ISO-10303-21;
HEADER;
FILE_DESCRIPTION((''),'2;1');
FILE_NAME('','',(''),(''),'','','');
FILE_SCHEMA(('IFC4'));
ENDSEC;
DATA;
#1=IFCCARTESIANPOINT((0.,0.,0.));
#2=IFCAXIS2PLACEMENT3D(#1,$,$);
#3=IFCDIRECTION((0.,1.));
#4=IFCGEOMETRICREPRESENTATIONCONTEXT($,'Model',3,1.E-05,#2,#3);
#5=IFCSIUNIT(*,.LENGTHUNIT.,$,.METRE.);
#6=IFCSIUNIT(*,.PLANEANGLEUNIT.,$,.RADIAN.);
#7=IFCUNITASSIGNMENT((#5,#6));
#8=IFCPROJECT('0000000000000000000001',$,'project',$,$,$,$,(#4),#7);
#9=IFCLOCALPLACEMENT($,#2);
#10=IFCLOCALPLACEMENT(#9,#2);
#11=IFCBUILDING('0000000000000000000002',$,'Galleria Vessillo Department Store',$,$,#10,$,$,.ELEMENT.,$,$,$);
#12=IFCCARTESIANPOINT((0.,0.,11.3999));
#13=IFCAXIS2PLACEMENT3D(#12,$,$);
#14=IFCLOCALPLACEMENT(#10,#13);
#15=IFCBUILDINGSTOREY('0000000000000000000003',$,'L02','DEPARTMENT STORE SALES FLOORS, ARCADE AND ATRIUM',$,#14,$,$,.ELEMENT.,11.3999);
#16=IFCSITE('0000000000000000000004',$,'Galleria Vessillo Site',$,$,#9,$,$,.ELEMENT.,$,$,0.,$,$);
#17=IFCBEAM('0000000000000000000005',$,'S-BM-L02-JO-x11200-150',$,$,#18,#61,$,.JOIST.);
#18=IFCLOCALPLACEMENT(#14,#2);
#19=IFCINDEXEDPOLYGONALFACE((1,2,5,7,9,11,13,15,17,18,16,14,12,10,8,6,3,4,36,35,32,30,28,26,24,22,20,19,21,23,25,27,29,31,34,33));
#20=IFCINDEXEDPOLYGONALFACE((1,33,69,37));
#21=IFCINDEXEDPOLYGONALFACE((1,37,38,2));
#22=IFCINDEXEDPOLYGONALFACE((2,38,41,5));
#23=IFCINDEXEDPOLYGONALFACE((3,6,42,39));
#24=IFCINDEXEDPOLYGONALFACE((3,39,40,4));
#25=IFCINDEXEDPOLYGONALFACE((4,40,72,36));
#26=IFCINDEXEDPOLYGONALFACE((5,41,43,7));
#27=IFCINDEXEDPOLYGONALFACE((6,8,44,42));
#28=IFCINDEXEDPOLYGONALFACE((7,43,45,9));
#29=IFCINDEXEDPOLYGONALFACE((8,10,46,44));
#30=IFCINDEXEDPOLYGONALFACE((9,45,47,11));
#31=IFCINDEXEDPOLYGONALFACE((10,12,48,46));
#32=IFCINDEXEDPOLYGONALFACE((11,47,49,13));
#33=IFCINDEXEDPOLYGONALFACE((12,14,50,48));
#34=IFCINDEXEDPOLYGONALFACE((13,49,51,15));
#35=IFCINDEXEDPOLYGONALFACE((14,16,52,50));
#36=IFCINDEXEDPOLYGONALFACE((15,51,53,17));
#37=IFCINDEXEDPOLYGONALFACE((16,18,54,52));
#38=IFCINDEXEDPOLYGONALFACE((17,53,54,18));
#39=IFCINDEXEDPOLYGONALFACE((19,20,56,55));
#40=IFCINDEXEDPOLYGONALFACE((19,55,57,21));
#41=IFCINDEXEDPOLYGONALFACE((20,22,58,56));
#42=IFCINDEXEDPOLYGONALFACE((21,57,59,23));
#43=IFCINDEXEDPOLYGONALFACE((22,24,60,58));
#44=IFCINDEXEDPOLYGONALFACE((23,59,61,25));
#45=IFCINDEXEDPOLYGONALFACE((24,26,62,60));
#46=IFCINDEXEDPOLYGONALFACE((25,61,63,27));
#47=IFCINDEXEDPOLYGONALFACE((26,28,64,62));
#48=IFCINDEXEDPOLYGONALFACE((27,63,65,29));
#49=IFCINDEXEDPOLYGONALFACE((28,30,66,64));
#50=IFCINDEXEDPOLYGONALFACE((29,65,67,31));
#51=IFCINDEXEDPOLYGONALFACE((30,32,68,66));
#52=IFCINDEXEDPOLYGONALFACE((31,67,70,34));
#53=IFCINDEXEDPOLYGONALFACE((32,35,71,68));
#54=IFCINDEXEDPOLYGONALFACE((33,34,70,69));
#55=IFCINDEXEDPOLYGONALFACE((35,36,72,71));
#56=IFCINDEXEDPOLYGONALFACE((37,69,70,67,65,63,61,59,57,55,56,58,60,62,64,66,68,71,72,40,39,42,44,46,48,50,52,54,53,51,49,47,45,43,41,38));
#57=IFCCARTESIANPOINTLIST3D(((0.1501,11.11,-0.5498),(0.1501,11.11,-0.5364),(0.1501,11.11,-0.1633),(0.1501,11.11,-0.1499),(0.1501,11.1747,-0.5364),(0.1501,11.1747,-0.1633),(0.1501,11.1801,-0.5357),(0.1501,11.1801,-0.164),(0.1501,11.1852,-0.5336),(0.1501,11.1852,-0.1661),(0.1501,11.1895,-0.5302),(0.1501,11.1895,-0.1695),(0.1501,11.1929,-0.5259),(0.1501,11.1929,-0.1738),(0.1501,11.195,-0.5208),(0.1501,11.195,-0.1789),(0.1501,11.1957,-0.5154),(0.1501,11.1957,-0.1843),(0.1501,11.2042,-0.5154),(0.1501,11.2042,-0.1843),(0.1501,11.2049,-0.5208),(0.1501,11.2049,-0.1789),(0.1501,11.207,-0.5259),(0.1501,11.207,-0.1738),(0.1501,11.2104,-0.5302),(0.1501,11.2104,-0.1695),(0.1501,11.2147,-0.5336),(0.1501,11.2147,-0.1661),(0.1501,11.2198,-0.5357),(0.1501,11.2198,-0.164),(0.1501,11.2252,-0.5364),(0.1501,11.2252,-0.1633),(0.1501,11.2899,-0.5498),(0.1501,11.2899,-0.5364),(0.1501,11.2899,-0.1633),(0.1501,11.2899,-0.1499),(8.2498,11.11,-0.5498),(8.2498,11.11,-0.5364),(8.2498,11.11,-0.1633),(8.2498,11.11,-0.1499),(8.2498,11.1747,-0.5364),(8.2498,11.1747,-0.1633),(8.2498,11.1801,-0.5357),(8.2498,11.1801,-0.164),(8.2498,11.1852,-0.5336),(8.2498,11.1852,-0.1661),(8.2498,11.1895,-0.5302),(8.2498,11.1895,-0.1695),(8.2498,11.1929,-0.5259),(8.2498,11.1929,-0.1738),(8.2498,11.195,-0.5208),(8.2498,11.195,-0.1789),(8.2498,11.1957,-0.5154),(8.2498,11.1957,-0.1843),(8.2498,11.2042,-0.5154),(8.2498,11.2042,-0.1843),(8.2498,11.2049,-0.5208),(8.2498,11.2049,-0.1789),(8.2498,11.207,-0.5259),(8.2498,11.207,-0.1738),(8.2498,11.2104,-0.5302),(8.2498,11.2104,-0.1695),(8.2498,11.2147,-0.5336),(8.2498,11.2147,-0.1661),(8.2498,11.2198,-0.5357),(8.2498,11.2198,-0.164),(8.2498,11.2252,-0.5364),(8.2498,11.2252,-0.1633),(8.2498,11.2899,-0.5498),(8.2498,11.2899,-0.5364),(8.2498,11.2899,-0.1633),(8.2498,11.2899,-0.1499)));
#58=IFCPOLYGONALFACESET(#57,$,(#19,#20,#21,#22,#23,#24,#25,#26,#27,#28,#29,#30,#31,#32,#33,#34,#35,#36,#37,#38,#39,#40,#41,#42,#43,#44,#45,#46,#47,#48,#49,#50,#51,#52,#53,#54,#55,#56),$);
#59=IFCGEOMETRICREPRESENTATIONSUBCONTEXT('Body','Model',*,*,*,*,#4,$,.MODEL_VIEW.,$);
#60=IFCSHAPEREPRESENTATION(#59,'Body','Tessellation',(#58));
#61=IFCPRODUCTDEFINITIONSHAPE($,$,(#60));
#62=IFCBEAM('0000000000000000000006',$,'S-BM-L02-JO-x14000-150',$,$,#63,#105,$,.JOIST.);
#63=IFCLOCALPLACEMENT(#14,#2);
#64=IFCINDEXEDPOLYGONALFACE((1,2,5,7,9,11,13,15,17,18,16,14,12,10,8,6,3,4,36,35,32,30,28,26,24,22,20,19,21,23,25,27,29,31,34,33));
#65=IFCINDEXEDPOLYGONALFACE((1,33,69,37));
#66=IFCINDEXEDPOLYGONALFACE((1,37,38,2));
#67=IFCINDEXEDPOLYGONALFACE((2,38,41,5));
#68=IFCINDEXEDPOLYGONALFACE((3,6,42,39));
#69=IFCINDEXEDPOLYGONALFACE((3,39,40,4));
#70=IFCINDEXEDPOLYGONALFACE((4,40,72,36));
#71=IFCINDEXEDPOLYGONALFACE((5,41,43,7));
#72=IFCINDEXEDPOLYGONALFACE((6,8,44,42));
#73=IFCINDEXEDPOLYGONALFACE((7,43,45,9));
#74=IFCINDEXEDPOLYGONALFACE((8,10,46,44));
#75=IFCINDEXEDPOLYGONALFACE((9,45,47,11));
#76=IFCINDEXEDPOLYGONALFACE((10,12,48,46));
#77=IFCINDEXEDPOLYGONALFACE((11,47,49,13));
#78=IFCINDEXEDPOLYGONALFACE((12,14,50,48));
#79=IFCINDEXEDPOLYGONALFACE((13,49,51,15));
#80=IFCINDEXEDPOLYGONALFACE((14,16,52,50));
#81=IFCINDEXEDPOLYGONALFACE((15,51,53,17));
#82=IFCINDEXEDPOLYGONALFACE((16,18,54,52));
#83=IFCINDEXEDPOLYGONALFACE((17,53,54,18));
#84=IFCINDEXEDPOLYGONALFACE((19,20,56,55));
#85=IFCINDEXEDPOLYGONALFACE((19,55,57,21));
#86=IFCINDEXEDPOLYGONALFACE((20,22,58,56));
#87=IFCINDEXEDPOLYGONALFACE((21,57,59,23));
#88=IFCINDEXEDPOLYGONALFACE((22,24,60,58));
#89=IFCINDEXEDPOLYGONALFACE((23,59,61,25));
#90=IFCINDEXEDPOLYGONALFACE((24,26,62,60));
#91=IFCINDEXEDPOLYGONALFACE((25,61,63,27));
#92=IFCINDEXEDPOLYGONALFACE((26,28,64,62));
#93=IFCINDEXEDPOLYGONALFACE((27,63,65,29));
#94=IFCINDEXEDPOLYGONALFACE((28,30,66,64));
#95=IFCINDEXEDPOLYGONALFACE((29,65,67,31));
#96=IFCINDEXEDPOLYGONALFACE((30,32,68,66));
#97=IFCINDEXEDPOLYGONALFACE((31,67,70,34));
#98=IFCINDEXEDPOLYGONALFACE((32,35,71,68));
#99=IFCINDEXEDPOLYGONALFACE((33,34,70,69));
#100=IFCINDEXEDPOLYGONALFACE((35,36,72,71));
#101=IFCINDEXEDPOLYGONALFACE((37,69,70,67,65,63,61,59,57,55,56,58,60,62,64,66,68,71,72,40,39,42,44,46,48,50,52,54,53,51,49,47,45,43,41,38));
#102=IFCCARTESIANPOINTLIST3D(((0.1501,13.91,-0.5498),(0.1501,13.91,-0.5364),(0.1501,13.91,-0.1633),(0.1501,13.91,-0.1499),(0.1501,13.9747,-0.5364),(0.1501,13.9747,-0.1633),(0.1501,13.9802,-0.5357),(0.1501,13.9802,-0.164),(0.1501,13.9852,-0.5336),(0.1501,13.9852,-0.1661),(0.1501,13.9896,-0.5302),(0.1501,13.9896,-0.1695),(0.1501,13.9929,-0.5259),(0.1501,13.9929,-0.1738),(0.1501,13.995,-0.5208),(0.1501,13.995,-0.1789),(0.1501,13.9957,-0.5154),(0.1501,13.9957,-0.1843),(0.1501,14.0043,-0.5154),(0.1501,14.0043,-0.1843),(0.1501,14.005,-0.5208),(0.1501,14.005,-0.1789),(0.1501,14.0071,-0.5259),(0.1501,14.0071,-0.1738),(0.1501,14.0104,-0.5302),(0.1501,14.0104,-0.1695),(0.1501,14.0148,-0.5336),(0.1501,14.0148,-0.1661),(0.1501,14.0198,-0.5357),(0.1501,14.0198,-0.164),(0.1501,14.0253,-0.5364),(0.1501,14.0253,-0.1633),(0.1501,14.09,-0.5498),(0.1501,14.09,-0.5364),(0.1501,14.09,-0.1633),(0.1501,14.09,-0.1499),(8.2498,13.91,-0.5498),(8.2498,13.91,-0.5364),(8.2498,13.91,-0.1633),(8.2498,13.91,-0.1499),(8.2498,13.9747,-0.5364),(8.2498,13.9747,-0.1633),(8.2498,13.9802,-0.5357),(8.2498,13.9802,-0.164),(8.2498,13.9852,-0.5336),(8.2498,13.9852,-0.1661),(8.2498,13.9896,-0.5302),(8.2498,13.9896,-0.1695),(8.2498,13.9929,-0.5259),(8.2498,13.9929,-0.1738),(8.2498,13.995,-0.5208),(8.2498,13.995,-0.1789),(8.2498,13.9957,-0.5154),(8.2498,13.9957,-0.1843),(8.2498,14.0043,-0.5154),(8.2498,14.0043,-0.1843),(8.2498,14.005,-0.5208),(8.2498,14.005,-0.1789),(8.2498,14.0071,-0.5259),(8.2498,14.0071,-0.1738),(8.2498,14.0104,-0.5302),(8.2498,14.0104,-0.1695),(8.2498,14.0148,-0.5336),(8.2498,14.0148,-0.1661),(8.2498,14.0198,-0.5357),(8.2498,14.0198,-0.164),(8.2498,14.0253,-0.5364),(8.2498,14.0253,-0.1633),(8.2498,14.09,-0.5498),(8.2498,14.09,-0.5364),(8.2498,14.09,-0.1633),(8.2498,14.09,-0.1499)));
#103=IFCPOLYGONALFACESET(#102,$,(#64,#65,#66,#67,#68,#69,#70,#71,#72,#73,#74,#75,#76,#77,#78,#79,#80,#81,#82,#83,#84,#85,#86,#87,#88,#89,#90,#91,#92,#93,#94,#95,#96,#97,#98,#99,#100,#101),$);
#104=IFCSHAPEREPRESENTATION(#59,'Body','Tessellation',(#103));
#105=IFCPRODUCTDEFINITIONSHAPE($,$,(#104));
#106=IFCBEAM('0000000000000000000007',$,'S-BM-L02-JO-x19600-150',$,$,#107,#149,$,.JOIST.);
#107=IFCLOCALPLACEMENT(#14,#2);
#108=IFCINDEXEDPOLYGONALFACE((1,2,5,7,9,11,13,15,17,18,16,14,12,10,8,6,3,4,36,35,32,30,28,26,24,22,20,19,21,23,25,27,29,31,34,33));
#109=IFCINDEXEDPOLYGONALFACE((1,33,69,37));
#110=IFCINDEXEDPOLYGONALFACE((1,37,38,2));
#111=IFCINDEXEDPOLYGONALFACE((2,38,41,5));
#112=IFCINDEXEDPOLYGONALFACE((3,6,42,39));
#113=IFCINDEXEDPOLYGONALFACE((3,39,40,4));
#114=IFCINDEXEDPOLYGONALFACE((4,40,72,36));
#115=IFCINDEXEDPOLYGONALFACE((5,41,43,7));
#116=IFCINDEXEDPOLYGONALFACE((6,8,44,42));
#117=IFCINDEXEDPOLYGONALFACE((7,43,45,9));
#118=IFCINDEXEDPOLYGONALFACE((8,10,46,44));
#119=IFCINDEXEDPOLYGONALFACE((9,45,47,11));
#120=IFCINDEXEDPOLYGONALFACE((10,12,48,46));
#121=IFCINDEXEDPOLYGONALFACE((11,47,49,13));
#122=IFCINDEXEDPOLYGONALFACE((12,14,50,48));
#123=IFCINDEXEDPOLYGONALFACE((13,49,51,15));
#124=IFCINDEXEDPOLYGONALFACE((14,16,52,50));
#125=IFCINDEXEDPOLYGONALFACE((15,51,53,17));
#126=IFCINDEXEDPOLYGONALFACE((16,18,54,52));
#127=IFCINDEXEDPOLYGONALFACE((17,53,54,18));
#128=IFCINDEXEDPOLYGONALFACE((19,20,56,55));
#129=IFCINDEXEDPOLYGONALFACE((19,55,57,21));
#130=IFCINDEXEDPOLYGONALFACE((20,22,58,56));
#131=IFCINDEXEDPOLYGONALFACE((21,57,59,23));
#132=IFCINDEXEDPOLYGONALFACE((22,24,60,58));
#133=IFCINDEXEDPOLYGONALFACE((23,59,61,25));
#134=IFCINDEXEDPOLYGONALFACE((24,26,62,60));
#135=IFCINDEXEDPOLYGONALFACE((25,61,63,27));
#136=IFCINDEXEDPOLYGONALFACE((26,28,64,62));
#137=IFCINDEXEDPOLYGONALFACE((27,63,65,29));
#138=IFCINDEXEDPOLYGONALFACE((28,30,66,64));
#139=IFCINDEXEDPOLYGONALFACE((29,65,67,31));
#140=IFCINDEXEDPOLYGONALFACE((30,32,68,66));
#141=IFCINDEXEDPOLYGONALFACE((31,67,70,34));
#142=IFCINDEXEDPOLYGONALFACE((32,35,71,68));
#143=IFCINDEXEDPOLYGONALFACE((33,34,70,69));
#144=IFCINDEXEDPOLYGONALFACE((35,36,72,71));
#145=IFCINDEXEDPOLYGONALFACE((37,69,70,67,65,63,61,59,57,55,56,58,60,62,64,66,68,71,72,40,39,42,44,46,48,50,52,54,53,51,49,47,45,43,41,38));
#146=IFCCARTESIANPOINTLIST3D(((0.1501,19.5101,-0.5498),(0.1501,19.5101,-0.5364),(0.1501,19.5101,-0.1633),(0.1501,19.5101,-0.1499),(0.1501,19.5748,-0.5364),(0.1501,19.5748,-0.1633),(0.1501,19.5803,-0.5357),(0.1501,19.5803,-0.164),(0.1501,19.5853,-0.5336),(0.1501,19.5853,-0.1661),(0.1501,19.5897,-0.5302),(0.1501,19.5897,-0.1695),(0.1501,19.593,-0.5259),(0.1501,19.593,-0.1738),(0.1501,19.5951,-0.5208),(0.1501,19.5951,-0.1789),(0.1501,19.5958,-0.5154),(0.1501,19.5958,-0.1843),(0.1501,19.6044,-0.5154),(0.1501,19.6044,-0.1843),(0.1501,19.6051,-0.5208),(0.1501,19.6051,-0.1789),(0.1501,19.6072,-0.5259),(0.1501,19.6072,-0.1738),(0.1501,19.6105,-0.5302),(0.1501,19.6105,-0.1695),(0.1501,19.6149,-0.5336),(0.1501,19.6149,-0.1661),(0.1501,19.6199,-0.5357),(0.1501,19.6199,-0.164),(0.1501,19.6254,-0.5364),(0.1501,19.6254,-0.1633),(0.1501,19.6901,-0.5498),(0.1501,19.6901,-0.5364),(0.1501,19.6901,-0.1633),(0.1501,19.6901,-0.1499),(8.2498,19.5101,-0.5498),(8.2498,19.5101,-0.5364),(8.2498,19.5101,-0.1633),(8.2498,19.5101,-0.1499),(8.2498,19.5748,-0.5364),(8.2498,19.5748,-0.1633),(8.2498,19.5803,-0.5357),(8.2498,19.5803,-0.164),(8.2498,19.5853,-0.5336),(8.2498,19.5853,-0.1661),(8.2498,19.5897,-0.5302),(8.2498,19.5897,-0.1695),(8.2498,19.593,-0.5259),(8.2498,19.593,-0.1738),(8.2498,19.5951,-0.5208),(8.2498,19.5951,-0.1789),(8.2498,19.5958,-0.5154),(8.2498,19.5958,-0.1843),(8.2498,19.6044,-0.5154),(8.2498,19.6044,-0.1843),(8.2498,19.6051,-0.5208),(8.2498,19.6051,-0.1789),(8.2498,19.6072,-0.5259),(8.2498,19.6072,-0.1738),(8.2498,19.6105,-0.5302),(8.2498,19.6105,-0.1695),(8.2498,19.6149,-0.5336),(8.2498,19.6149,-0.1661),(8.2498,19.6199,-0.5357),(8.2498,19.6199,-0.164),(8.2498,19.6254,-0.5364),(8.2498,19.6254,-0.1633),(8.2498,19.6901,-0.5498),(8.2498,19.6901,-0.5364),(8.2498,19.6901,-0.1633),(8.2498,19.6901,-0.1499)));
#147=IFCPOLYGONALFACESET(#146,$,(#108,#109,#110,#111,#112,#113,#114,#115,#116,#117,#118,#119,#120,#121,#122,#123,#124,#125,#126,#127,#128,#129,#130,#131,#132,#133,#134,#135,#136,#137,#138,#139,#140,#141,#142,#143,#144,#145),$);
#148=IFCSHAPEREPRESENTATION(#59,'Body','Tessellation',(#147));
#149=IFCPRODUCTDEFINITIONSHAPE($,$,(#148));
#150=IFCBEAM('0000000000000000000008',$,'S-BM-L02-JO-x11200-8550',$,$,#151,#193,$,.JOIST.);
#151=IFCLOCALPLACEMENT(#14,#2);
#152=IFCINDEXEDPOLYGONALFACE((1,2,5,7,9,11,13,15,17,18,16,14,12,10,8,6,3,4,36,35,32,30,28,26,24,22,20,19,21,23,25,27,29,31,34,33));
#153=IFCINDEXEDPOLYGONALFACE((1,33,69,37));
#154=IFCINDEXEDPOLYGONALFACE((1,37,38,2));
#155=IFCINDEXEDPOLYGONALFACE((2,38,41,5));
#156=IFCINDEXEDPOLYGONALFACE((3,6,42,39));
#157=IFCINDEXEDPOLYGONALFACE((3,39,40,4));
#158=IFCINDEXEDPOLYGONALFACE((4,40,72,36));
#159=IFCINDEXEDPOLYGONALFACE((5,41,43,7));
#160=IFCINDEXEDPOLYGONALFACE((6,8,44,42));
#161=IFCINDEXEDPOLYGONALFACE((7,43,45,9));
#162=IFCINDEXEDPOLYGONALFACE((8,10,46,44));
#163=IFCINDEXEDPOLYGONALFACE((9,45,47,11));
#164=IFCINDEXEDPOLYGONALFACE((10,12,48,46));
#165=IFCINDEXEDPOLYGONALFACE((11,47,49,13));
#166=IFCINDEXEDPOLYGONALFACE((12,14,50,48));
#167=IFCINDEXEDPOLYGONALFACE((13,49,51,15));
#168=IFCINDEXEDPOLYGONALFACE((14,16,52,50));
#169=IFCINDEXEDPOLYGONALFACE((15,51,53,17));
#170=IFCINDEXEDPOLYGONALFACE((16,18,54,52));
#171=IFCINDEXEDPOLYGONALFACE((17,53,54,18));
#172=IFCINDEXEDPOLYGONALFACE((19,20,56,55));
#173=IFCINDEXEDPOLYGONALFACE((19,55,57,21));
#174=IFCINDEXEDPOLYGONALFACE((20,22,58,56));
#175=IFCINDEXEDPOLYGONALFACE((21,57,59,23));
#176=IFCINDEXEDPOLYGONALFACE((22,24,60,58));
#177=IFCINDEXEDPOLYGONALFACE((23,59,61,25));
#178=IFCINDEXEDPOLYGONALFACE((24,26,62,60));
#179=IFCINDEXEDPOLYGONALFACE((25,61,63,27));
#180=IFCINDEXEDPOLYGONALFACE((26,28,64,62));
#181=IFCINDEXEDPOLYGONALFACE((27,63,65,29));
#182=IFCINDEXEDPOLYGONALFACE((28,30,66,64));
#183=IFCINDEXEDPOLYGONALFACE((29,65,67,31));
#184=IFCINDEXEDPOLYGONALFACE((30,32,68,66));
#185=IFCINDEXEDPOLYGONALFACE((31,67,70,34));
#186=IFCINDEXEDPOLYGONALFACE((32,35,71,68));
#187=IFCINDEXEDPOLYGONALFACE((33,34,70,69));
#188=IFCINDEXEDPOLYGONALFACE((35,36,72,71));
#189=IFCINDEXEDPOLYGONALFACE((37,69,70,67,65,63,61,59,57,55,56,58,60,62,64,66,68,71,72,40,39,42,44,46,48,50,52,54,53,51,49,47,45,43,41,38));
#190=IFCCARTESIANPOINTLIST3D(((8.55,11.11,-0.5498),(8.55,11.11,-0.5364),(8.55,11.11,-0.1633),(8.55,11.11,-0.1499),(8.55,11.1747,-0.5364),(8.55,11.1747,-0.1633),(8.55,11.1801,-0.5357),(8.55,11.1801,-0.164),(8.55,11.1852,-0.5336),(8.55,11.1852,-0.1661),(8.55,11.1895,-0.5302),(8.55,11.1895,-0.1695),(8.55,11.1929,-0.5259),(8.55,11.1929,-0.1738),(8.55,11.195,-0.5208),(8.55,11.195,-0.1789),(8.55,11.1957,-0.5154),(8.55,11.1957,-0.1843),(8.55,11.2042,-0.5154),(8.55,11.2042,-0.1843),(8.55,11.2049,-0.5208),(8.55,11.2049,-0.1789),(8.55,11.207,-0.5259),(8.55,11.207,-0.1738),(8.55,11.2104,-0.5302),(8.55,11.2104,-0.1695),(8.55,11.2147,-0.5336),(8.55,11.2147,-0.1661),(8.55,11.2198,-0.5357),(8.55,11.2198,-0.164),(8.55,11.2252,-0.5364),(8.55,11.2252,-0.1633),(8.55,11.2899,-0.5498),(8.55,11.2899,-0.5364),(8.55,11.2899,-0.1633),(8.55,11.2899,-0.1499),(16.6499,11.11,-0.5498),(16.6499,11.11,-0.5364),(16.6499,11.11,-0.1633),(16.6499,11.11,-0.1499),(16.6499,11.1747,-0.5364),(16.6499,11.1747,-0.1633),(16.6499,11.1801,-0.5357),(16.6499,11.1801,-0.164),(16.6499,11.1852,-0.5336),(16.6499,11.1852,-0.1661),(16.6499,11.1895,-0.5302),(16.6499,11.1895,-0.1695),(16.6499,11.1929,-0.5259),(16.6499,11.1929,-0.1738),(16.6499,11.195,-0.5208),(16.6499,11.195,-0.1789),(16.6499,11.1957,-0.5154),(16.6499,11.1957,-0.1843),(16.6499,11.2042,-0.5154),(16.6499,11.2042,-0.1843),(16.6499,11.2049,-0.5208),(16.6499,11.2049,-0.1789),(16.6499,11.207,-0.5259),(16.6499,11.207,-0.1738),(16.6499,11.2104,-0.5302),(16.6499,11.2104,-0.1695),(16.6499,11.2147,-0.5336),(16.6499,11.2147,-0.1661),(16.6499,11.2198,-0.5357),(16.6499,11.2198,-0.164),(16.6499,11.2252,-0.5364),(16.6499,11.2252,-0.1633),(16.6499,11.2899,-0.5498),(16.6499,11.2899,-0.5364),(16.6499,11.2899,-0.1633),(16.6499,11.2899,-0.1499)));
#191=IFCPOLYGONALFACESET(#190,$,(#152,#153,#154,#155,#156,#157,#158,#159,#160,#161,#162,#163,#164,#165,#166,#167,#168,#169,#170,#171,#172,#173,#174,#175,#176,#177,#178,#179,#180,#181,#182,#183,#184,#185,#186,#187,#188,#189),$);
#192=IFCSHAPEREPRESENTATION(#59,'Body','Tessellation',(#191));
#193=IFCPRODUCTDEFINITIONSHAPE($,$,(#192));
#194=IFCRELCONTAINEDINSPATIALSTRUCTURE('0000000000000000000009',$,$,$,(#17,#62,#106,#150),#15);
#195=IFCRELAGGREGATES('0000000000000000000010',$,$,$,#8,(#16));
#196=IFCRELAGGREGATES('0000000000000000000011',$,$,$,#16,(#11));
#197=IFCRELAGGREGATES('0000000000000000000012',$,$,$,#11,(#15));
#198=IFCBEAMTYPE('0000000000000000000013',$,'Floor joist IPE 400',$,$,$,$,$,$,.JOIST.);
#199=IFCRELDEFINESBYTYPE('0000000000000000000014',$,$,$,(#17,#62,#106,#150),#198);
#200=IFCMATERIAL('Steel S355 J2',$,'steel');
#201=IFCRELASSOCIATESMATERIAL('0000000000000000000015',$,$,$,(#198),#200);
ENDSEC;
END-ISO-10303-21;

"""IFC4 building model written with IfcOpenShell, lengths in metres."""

from ifc_helpers import new_model, si_unit, direction, frame, origin, origin_2d, place, context, subcontext, project, spatial, i_section, extrude, material, material_profile, profile_set, type_object, element, save


model = new_model("IFC4")

# Units and contexts
model_context = context("Model", 3, precision=1e-05, world=origin(), true_north=direction((0.0, 1.0)))
body_context = subcontext(model_context, "Body", "Model", "MODEL_VIEW")
ifc_project = project(units=[si_unit("LENGTHUNIT", "METRE"), si_unit("PLANEANGLEUNIT", "RADIAN")], contexts=[model_context])

# Site, building, storey
site_placement = place(None, origin())
site = spatial("IfcSite", under=ifc_project, at=site_placement, Name="Galleria Vessillo Site", CompositionType="ELEMENT", RefElevation=0.0)
building_placement = place(site_placement, origin())
building = spatial("IfcBuilding", under=site, at=building_placement, Name="Galleria Vessillo Department Store", CompositionType="ELEMENT")
storey_placement = place(building_placement, frame((0.0, 0.0, 11.3999)))
storey = spatial("IfcBuildingStorey", under=building, at=storey_placement, Name="L02", Description="DEPARTMENT STORE SALES FLOORS, ARCADE AND ATRIUM", CompositionType="ELEMENT", Elevation=11.3999)

# Beams
ifc_material_1 = material(Name="Steel S355 J2", Category="steel")
ifc_material_profile_1 = material_profile(ifc_material_1, i_section(OverallWidth=0.1799, OverallDepth=0.3999, WebThickness=0.0085, FlangeThickness=0.0134, FilletRadius=0.021, at=origin_2d()), Name="IPE 400")
ifc_profile_set_1 = profile_set([ifc_material_profile_1], Name="Steel S355 J2")
beam_type_1 = type_object("IfcBeamType", Name="Floor joist IPE 400", PredefinedType="JOIST", material=ifc_profile_set_1)
for number, where, z_axis, x_axis, name in (
    (1, (0.1501, 11.2, -0.3499), (1.0, 0.0, 0.0), (0.0, 1.0, 0.0), "S-BM-L02-JO-x11200-150"),
    (2, (0.1501, 14.0, -0.3499), (1.0, 0.0, 0.0), (0.0, 1.0, 0.0), "S-BM-L02-JO-x14000-150"),
    (3, (0.1501, 19.6001, -0.3499), (1.0, 0.0, 0.0), (0.0, 1.0, 0.0), "S-BM-L02-JO-x19600-150"),
):
    element("IfcBeam", number, at=place(storey_placement, frame(where, z_axis=z_axis, x_axis=x_axis)), inside=storey, type_object=beam_type_1, Name=name, PredefinedType="JOIST", context=body_context, shape_type="SweptSolid", body=[
        extrude(i_section(OverallWidth=0.1799, OverallDepth=0.3999, WebThickness=0.0085, FlangeThickness=0.0134, FilletRadius=0.021, at=origin_2d()), origin(), (0.0, 0.0, 1.0), 8.0996),
    ])
for number, where, z_axis, x_axis, name in (
    (4, (8.55, 11.2, -0.3499), (1.0, 0.0, 0.0), (0.0, 1.0, 0.0), "S-BM-L02-JO-x11200-8550"),
):
    element("IfcBeam", number, at=place(storey_placement, frame(where, z_axis=z_axis, x_axis=x_axis)), inside=storey, type_object=beam_type_1, Name=name, PredefinedType="JOIST", context=body_context, shape_type="SweptSolid", body=[
        extrude(i_section(OverallWidth=0.1799, OverallDepth=0.3999, WebThickness=0.0085, FlangeThickness=0.0134, FilletRadius=0.021, at=origin_2d()), origin(), (0.0, 0.0, 1.0), 8.0999),
    ])

save(model, "model.ifc")
